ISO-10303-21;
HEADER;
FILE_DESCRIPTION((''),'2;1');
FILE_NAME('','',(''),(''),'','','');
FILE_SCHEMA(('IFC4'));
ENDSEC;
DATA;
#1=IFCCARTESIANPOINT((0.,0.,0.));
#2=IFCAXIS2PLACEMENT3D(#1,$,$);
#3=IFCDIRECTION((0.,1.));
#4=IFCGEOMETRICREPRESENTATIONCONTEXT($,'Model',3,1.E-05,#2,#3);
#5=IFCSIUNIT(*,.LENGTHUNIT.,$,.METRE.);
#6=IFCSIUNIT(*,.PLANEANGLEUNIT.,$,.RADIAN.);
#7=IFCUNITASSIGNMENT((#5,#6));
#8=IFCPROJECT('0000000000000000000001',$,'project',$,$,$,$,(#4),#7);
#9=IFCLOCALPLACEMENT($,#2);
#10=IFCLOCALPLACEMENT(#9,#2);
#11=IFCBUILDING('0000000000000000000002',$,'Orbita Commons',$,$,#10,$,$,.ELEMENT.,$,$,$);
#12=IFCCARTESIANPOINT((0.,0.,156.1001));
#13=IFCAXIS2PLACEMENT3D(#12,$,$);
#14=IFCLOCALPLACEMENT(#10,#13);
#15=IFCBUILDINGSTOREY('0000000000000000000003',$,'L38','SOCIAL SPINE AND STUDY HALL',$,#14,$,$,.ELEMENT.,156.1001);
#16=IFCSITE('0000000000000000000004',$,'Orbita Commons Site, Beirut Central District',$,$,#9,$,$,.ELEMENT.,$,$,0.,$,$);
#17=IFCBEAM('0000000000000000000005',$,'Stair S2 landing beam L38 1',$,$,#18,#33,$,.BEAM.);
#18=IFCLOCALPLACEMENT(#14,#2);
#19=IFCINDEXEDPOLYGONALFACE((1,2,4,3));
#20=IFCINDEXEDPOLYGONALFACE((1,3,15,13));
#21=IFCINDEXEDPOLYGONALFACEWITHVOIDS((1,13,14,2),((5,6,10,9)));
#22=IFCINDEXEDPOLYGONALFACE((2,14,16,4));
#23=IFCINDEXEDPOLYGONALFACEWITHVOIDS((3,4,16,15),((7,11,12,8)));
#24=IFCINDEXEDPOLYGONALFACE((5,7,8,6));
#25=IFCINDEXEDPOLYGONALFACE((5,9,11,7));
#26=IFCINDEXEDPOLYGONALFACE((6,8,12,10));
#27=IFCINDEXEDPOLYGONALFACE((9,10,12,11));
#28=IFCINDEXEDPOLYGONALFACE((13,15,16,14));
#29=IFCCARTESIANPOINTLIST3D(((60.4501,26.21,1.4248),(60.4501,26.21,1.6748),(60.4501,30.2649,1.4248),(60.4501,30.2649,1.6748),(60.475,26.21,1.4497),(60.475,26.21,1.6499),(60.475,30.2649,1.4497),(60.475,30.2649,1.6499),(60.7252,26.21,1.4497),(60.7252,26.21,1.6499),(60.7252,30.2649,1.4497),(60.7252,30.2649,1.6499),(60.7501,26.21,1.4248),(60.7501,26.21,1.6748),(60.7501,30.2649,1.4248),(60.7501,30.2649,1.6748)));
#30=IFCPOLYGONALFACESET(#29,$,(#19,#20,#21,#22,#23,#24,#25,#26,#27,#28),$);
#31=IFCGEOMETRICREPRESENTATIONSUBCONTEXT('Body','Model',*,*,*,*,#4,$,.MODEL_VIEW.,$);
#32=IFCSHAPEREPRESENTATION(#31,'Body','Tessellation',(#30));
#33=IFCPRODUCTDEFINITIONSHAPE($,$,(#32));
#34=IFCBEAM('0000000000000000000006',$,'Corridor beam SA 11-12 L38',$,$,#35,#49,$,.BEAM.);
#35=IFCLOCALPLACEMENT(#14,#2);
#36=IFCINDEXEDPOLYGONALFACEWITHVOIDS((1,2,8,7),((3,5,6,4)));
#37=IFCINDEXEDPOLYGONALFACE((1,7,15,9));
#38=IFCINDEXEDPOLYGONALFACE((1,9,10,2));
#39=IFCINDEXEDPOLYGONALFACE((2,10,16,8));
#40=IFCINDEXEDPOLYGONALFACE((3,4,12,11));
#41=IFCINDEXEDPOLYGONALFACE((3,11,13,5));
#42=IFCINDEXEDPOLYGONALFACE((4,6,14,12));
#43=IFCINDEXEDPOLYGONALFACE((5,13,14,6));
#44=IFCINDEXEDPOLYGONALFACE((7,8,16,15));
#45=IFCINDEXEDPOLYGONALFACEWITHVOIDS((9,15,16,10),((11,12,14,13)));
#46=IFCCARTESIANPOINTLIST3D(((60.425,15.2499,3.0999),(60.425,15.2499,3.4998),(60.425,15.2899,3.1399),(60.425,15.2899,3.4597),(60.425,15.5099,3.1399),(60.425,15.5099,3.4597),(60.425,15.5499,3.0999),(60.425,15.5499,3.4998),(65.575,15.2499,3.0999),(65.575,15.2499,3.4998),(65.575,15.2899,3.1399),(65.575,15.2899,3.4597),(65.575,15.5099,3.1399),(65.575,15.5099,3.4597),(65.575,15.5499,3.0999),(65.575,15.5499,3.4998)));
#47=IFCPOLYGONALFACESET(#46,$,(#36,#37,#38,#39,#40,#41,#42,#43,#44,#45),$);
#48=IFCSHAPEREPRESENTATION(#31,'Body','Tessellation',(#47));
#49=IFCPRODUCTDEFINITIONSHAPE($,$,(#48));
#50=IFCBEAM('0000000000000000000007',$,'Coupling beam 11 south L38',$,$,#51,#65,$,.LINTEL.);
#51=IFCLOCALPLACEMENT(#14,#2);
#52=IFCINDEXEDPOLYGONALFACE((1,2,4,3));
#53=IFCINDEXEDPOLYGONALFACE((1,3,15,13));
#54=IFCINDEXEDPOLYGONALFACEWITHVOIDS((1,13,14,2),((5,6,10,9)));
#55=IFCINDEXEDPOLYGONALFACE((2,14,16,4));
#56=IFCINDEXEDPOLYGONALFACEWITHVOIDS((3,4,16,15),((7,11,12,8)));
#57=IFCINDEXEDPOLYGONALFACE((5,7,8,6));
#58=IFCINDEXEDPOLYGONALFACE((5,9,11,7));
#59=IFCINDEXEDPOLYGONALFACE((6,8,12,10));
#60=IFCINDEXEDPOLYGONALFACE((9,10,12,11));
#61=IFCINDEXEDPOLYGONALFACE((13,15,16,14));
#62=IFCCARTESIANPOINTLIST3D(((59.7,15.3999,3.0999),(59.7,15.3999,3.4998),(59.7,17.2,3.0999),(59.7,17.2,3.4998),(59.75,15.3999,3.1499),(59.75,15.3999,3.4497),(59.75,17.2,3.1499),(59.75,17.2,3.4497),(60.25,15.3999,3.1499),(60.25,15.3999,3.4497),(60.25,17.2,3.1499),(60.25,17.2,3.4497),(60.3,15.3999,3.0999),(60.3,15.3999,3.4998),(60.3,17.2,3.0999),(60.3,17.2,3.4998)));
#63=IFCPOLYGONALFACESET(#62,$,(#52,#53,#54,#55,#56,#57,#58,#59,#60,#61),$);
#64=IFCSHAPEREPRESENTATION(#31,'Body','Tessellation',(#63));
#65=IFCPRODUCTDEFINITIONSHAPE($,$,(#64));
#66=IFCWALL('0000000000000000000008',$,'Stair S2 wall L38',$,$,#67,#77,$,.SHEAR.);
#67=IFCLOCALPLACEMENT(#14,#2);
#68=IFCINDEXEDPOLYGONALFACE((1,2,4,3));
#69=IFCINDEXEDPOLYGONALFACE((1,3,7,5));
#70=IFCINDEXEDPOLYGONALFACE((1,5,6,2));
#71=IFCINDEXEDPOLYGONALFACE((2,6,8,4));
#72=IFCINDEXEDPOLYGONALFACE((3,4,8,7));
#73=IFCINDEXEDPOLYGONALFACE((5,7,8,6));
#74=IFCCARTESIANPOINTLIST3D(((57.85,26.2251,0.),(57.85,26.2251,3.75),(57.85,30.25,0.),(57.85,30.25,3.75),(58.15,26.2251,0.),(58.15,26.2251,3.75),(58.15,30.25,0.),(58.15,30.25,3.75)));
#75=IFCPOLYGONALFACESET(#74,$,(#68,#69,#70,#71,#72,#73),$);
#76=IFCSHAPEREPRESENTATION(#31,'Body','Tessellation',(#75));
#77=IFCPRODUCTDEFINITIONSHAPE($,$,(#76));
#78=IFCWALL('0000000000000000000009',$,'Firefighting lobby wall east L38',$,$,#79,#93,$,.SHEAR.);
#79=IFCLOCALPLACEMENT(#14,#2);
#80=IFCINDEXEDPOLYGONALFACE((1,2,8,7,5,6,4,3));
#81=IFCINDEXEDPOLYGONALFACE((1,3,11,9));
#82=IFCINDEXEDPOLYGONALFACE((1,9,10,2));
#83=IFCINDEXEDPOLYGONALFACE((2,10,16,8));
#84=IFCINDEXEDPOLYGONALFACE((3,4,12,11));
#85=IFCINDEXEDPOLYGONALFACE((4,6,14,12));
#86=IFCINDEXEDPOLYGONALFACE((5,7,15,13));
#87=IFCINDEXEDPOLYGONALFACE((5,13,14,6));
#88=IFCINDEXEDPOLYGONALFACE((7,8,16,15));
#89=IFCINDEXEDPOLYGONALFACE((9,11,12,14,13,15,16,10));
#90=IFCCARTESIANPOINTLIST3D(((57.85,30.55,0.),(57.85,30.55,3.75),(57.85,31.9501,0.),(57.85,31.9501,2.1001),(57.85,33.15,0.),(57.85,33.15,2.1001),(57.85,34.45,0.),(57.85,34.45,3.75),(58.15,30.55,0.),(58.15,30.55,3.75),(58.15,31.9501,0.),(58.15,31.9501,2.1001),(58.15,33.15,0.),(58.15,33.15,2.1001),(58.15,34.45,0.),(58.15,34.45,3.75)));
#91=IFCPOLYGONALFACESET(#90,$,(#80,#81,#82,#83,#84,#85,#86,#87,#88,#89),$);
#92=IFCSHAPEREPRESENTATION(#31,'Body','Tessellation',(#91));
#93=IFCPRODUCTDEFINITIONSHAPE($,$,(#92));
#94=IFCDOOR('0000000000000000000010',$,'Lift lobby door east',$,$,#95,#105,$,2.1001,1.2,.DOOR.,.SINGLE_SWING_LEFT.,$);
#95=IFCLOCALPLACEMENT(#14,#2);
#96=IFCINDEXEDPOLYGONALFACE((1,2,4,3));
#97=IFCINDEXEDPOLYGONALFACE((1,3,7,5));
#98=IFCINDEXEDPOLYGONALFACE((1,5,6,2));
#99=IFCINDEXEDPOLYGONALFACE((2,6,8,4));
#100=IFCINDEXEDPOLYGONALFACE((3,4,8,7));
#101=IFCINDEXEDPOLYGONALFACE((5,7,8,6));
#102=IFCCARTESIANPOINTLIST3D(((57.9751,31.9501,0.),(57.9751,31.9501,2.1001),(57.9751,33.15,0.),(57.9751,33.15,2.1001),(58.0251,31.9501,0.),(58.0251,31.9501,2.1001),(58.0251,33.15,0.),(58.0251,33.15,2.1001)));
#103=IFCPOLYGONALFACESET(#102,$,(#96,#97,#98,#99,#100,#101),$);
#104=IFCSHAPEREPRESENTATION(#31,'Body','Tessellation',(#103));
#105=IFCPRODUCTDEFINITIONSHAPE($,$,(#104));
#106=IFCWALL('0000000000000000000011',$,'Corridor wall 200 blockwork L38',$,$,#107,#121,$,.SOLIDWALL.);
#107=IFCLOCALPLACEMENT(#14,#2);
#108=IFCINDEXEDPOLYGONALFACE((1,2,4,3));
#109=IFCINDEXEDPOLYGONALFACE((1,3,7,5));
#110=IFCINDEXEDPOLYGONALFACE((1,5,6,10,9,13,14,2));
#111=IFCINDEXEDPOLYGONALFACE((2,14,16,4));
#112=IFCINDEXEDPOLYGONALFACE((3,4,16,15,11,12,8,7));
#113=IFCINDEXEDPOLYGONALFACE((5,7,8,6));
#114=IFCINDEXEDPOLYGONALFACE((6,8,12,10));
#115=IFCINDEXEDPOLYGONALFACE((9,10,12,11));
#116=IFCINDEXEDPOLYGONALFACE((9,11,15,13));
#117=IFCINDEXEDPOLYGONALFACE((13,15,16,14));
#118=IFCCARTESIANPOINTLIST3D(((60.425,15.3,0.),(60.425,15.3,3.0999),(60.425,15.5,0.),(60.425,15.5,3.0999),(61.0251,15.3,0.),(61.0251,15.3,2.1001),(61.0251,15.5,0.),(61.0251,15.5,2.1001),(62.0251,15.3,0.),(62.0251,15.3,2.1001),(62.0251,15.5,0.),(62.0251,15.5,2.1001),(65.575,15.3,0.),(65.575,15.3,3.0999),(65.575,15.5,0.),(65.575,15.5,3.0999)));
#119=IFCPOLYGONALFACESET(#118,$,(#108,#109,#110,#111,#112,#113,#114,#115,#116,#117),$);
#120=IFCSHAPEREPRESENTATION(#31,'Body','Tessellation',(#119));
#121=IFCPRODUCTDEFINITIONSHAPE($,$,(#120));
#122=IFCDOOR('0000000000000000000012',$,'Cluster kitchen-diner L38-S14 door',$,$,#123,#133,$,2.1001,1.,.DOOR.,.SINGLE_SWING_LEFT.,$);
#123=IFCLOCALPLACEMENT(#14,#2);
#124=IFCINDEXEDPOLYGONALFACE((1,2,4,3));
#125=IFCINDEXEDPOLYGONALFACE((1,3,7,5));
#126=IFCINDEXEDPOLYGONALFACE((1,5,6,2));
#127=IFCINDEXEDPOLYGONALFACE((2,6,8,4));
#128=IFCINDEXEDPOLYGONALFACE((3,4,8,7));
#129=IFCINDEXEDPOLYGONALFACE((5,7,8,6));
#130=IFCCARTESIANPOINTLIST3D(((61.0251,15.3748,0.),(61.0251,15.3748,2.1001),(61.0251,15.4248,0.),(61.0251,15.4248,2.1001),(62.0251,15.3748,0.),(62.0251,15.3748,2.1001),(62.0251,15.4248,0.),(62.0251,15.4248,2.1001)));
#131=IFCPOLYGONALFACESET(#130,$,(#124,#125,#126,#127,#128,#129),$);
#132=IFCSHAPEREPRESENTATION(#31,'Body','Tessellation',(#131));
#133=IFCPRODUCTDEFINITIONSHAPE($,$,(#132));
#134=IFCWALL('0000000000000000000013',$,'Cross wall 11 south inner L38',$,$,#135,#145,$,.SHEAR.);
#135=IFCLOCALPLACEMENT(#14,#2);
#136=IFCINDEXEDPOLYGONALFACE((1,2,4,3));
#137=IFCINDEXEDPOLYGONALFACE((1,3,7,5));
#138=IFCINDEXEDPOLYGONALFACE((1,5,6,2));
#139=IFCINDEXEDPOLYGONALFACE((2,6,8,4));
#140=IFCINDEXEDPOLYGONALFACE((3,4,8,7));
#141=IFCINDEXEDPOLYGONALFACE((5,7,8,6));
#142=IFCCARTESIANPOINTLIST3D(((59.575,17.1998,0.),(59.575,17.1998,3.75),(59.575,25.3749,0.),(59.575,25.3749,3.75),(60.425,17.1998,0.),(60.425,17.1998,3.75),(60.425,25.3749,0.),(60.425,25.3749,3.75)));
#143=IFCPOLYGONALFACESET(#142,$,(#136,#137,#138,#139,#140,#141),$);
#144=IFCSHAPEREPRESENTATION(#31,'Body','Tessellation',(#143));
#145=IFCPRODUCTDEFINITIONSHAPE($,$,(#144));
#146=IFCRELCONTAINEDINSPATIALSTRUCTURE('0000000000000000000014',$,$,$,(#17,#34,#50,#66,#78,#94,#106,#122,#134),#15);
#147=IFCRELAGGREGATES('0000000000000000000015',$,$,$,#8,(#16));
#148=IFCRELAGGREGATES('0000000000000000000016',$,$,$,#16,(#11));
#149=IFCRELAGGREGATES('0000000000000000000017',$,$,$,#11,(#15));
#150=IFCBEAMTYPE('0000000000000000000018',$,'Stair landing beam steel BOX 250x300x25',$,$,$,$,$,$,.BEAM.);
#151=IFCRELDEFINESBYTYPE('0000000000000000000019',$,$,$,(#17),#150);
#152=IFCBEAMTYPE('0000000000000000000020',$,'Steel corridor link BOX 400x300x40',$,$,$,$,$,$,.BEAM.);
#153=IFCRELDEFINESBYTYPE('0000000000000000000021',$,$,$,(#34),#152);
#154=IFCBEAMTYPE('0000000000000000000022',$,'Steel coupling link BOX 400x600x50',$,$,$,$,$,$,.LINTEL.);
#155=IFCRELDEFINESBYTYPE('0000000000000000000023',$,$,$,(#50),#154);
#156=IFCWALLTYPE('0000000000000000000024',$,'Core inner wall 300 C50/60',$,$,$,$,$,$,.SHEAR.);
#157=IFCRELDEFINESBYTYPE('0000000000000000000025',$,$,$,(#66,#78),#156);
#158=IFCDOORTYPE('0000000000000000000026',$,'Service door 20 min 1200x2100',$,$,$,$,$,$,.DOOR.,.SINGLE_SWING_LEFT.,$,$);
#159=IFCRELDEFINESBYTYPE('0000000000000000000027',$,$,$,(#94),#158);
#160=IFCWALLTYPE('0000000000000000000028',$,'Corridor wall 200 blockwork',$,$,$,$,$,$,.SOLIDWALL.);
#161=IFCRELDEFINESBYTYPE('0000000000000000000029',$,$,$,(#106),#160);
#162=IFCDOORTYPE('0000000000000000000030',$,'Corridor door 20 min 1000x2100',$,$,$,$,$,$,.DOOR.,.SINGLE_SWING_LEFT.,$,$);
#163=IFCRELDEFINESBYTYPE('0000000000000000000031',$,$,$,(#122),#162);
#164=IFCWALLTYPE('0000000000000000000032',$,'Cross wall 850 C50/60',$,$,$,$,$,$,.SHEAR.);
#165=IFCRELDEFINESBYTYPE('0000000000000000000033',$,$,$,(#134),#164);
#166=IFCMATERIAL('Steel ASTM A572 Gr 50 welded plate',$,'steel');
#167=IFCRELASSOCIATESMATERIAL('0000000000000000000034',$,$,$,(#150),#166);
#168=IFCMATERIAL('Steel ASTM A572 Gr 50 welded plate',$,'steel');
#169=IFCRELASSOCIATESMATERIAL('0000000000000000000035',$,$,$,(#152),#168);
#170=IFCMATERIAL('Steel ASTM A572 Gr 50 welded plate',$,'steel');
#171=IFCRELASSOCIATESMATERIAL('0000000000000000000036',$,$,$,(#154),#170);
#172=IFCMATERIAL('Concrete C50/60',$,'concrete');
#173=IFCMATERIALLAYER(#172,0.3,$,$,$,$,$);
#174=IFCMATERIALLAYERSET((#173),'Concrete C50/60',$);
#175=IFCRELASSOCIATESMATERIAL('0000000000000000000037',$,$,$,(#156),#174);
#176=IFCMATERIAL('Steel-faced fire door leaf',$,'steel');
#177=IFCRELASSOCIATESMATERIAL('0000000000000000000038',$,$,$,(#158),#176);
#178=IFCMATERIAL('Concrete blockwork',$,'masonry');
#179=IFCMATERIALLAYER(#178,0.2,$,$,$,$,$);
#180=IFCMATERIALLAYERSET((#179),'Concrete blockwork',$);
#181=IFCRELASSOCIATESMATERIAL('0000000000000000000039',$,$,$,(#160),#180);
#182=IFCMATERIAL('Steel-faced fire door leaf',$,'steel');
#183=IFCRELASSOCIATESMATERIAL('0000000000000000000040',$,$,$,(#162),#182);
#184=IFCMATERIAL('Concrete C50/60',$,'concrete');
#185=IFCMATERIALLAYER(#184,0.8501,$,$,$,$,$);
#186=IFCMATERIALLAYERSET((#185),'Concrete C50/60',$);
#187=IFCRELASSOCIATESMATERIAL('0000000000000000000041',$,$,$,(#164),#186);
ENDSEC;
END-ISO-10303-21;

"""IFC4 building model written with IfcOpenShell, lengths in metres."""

from ifc_helpers import new_model, si_unit, direction, frame, frame_2d, origin, origin_2d, place, context, subcontext, project, spatial, polyline, rectangle, hollow_rectangle, outline, extrude, material, layer, layer_set, material_profile, profile_set, type_object, element, fill, save


model = new_model("IFC4")

# Units and contexts
model_context = context("Model", 3, precision=1e-05, world=origin(), true_north=direction((0.0, 1.0)))
body_context = subcontext(model_context, "Body", "Model", "MODEL_VIEW")
ifc_project = project(units=[si_unit("LENGTHUNIT", "METRE"), si_unit("PLANEANGLEUNIT", "RADIAN")], contexts=[model_context])

# Site, building, storey
site_placement = place(None, origin())
site = spatial("IfcSite", under=ifc_project, at=site_placement, Name="Orbita Commons Site, Beirut Central District", CompositionType="ELEMENT", RefElevation=0.0)
building_placement = place(site_placement, origin())
building = spatial("IfcBuilding", under=site, at=building_placement, Name="Orbita Commons", CompositionType="ELEMENT")
storey_placement = place(building_placement, frame((0.0, 0.0, 156.1001)))
storey = spatial("IfcBuildingStorey", under=building, at=storey_placement, Name="L38", Description="SOCIAL SPINE AND STUDY HALL", CompositionType="ELEMENT", Elevation=156.1001)

# Beams
ifc_material_1 = material(Name="Steel ASTM A572 Gr 50 welded plate", Category="steel")
ifc_material_profile_1 = material_profile(ifc_material_1, hollow_rectangle(XDim=0.3, YDim=0.25, WallThickness=0.0249, at=origin_2d()), Name="BOX 250x300x25")
ifc_profile_set_1 = profile_set([ifc_material_profile_1], Name="Steel ASTM A572 Gr 50 welded plate")
beam_type_1 = type_object("IfcBeamType", Name="Stair landing beam steel BOX 250x300x25", PredefinedType="BEAM", material=ifc_profile_set_1)
beam_1_placement = place(storey_placement, frame((60.6001, 26.21, 1.5498), z_axis=(0.0, 1.0, 0.0), x_axis=(-1.0, 0.0, 0.0)))
element("IfcBeam", 1, at=beam_1_placement, inside=storey, type_object=beam_type_1, Name="Stair S2 landing beam L38 1", PredefinedType="BEAM", context=body_context, shape_type="SweptSolid", body=[
    extrude(hollow_rectangle(XDim=0.3, YDim=0.25, WallThickness=0.0249, at=origin_2d()), origin(), (0.0, 0.0, 1.0), 4.0549),
])
ifc_material_2 = material(Name="Steel ASTM A572 Gr 50 welded plate", Category="steel")
ifc_material_profile_2 = material_profile(ifc_material_2, hollow_rectangle(XDim=0.3, YDim=0.3999, WallThickness=0.04, at=origin_2d()), Name="BOX 400x300x40")
ifc_profile_set_2 = profile_set([ifc_material_profile_2], Name="Steel ASTM A572 Gr 50 welded plate")
beam_type_2 = type_object("IfcBeamType", Name="Steel corridor link BOX 400x300x40", PredefinedType="BEAM", material=ifc_profile_set_2)
beam_2_placement = place(storey_placement, frame((60.425, 15.3999, 3.2998), z_axis=(1.0, 0.0, 0.0), x_axis=(0.0, 1.0, 0.0)))
element("IfcBeam", 2, at=beam_2_placement, inside=storey, type_object=beam_type_2, Name="Corridor beam SA 11-12 L38", PredefinedType="BEAM", context=body_context, shape_type="SweptSolid", body=[
    extrude(hollow_rectangle(XDim=0.3, YDim=0.3999, WallThickness=0.04, at=origin_2d()), origin(), (0.0, 0.0, 1.0), 5.1499),
])
ifc_material_3 = material(Name="Steel ASTM A572 Gr 50 welded plate", Category="steel")
ifc_material_profile_3 = material_profile(ifc_material_3, hollow_rectangle(XDim=0.6001, YDim=0.3999, WallThickness=0.05, at=origin_2d()), Name="BOX 400x600x50")
ifc_profile_set_3 = profile_set([ifc_material_profile_3], Name="Steel ASTM A572 Gr 50 welded plate")
beam_type_3 = type_object("IfcBeamType", Name="Steel coupling link BOX 400x600x50", PredefinedType="LINTEL", material=ifc_profile_set_3)
beam_3_placement = place(storey_placement, frame((60.0, 15.3999, 3.2998), z_axis=(0.0, 1.0, 0.0), x_axis=(-1.0, 0.0, 0.0)))
element("IfcBeam", 3, at=beam_3_placement, inside=storey, type_object=beam_type_3, Name="Coupling beam 11 south L38", PredefinedType="LINTEL", context=body_context, shape_type="SweptSolid", body=[
    extrude(hollow_rectangle(XDim=0.6001, YDim=0.3999, WallThickness=0.05, at=origin_2d()), origin(), (0.0, 0.0, 1.0), 1.8),
])

# Wall
ifc_material_4 = material(Name="Concrete C50/60", Category="concrete")
ifc_layer_1 = layer(ifc_material_4, 0.3)
ifc_layer_set_1 = layer_set([ifc_layer_1], Name="Concrete C50/60")
wall_type_1 = type_object("IfcWallType", Name="Core inner wall 300 C50/60", PredefinedType="SHEAR", material=ifc_layer_set_1)
wall_1_placement = place(storey_placement, frame((58.0, 26.2251, 0.0), z_axis=(0.0, 0.0, 1.0), x_axis=(0.0, 1.0, 0.0)))
element("IfcWall", 4, at=wall_1_placement, inside=storey, type_object=wall_type_1, Name="Stair S2 wall L38", PredefinedType="SHEAR", context=body_context, shape_type="SweptSolid", body=[
    extrude(rectangle(XDim=4.0249, YDim=0.3, at=frame_2d((2.0125, 0.0))), origin(), (0.0, 0.0, 1.0), 3.75),
])

# Walls, openings, doors
wall_2_placement = place(storey_placement, frame((58.0, 30.55, 0.0), z_axis=(0.0, 0.0, 1.0), x_axis=(0.0, 1.0, 0.0)))
wall_2 = element("IfcWall", 5, at=wall_2_placement, inside=storey, type_object=wall_type_1, Name="Firefighting lobby wall east L38", PredefinedType="SHEAR", context=body_context, shape_type="SweptSolid", body=[
    extrude(rectangle(XDim=3.8999, YDim=0.3, at=frame_2d((1.95, 0.0))), origin(), (0.0, 0.0, 1.0), 3.75),
])
opening_1_placement = place(wall_2_placement, frame((1.3999, 0.0, 0.0)))
opening_1 = element("IfcOpeningElement", 6, at=opening_1_placement, cuts=wall_2, PredefinedType="OPENING", context=body_context, shape_type="SweptSolid", body=[
    extrude(rectangle(XDim=1.2, YDim=2.1001, at=frame_2d((0.6001, 1.05))), frame((0.0, 0.1599, 0.0), z_axis=(0.0, -1.0, 0.0), x_axis=(1.0, 0.0, 0.0)), (0.0, 0.0, 1.0), 0.3201),
])
ifc_material_5 = material(Name="Steel-faced fire door leaf", Category="steel")
door_type_1 = type_object("IfcDoorType", Name="Service door 20 min 1200x2100", OperationType="SINGLE_SWING_LEFT", PredefinedType="DOOR", material=ifc_material_5)
door_1_placement = place(opening_1_placement, origin())
door_1 = element("IfcDoor", 7, at=door_1_placement, inside=storey, type_object=door_type_1, Name="Lift lobby door east", OperationType="SINGLE_SWING_LEFT", OverallHeight=2.1001, OverallWidth=1.2, PredefinedType="DOOR", context=body_context, shape_type="SweptSolid", body=[
    extrude(rectangle(XDim=1.2, YDim=2.1001, at=frame_2d((0.6001, 1.05))), frame((0.0, 0.0249, 0.0), z_axis=(0.0, -1.0, 0.0), x_axis=(1.0, 0.0, 0.0)), (0.0, 0.0, 1.0), 0.05),
])
fill(opening_1, door_1)
ifc_material_6 = material(Name="Concrete blockwork", Category="masonry")
ifc_layer_2 = layer(ifc_material_6, 0.2)
ifc_layer_set_2 = layer_set([ifc_layer_2], Name="Concrete blockwork")
wall_type_2 = type_object("IfcWallType", Name="Corridor wall 200 blockwork", PredefinedType="SOLIDWALL", material=ifc_layer_set_2)
wall_3_placement = place(storey_placement, frame((60.425, 15.3999, 0.0), z_axis=(0.0, 0.0, 1.0), x_axis=(1.0, 0.0, 0.0)))
wall_3 = element("IfcWall", 8, at=wall_3_placement, inside=storey, type_object=wall_type_2, Name="Corridor wall 200 blockwork L38", PredefinedType="SOLIDWALL", context=body_context, shape_type="SweptSolid", body=[
    extrude(outline(polyline([(0.0, 0.0), (5.1499, 0.0), (5.1499, 3.0999), (0.0, 3.0999), (0.0, 0.0)])), frame((0.0, 0.1001, 0.0), z_axis=(0.0, -1.0, 0.0), x_axis=(1.0, 0.0, 0.0)), (0.0, 0.0, 1.0), 0.2),
])
opening_2_placement = place(wall_3_placement, frame((0.6001, 0.0, 0.0)))
opening_2 = element("IfcOpeningElement", 9, at=opening_2_placement, cuts=wall_3, PredefinedType="OPENING", context=body_context, shape_type="SweptSolid", body=[
    extrude(rectangle(XDim=1.0, YDim=2.1001, at=frame_2d((0.5, 1.05))), frame((0.0, 0.1099, 0.0), z_axis=(0.0, -1.0, 0.0), x_axis=(1.0, 0.0, 0.0)), (0.0, 0.0, 1.0), 0.22),
])
ifc_material_7 = material(Name="Steel-faced fire door leaf", Category="steel")
door_type_2 = type_object("IfcDoorType", Name="Corridor door 20 min 1000x2100", OperationType="SINGLE_SWING_LEFT", PredefinedType="DOOR", material=ifc_material_7)
door_2_placement = place(opening_2_placement, origin())
door_2 = element("IfcDoor", 10, at=door_2_placement, inside=storey, type_object=door_type_2, Name="Cluster kitchen-diner L38-S14 door", OperationType="SINGLE_SWING_LEFT", OverallHeight=2.1001, OverallWidth=1.0, PredefinedType="DOOR", context=body_context, shape_type="SweptSolid", body=[
    extrude(rectangle(XDim=1.0, YDim=2.1001, at=frame_2d((0.5, 1.05))), frame((0.0, 0.0249, 0.0), z_axis=(0.0, -1.0, 0.0), x_axis=(1.0, 0.0, 0.0)), (0.0, 0.0, 1.0), 0.05),
])
fill(opening_2, door_2)

# Wall
ifc_material_8 = material(Name="Concrete C50/60", Category="concrete")
ifc_layer_3 = layer(ifc_material_8, 0.8501)
ifc_layer_set_3 = layer_set([ifc_layer_3], Name="Concrete C50/60")
wall_type_3 = type_object("IfcWallType", Name="Cross wall 850 C50/60", PredefinedType="SHEAR", material=ifc_layer_set_3)
wall_4_placement = place(storey_placement, frame((60.0, 17.2, 0.0), z_axis=(0.0, 0.0, 1.0), x_axis=(0.0, 1.0, 0.0)))
element("IfcWall", 11, at=wall_4_placement, inside=storey, type_object=wall_type_3, Name="Cross wall 11 south inner L38", PredefinedType="SHEAR", context=body_context, shape_type="SweptSolid", body=[
    extrude(rectangle(XDim=8.175, YDim=0.8501, at=frame_2d((4.0874, 0.0))), origin(), (0.0, 0.0, 1.0), 3.75),
])

save(model, "model.ifc")
